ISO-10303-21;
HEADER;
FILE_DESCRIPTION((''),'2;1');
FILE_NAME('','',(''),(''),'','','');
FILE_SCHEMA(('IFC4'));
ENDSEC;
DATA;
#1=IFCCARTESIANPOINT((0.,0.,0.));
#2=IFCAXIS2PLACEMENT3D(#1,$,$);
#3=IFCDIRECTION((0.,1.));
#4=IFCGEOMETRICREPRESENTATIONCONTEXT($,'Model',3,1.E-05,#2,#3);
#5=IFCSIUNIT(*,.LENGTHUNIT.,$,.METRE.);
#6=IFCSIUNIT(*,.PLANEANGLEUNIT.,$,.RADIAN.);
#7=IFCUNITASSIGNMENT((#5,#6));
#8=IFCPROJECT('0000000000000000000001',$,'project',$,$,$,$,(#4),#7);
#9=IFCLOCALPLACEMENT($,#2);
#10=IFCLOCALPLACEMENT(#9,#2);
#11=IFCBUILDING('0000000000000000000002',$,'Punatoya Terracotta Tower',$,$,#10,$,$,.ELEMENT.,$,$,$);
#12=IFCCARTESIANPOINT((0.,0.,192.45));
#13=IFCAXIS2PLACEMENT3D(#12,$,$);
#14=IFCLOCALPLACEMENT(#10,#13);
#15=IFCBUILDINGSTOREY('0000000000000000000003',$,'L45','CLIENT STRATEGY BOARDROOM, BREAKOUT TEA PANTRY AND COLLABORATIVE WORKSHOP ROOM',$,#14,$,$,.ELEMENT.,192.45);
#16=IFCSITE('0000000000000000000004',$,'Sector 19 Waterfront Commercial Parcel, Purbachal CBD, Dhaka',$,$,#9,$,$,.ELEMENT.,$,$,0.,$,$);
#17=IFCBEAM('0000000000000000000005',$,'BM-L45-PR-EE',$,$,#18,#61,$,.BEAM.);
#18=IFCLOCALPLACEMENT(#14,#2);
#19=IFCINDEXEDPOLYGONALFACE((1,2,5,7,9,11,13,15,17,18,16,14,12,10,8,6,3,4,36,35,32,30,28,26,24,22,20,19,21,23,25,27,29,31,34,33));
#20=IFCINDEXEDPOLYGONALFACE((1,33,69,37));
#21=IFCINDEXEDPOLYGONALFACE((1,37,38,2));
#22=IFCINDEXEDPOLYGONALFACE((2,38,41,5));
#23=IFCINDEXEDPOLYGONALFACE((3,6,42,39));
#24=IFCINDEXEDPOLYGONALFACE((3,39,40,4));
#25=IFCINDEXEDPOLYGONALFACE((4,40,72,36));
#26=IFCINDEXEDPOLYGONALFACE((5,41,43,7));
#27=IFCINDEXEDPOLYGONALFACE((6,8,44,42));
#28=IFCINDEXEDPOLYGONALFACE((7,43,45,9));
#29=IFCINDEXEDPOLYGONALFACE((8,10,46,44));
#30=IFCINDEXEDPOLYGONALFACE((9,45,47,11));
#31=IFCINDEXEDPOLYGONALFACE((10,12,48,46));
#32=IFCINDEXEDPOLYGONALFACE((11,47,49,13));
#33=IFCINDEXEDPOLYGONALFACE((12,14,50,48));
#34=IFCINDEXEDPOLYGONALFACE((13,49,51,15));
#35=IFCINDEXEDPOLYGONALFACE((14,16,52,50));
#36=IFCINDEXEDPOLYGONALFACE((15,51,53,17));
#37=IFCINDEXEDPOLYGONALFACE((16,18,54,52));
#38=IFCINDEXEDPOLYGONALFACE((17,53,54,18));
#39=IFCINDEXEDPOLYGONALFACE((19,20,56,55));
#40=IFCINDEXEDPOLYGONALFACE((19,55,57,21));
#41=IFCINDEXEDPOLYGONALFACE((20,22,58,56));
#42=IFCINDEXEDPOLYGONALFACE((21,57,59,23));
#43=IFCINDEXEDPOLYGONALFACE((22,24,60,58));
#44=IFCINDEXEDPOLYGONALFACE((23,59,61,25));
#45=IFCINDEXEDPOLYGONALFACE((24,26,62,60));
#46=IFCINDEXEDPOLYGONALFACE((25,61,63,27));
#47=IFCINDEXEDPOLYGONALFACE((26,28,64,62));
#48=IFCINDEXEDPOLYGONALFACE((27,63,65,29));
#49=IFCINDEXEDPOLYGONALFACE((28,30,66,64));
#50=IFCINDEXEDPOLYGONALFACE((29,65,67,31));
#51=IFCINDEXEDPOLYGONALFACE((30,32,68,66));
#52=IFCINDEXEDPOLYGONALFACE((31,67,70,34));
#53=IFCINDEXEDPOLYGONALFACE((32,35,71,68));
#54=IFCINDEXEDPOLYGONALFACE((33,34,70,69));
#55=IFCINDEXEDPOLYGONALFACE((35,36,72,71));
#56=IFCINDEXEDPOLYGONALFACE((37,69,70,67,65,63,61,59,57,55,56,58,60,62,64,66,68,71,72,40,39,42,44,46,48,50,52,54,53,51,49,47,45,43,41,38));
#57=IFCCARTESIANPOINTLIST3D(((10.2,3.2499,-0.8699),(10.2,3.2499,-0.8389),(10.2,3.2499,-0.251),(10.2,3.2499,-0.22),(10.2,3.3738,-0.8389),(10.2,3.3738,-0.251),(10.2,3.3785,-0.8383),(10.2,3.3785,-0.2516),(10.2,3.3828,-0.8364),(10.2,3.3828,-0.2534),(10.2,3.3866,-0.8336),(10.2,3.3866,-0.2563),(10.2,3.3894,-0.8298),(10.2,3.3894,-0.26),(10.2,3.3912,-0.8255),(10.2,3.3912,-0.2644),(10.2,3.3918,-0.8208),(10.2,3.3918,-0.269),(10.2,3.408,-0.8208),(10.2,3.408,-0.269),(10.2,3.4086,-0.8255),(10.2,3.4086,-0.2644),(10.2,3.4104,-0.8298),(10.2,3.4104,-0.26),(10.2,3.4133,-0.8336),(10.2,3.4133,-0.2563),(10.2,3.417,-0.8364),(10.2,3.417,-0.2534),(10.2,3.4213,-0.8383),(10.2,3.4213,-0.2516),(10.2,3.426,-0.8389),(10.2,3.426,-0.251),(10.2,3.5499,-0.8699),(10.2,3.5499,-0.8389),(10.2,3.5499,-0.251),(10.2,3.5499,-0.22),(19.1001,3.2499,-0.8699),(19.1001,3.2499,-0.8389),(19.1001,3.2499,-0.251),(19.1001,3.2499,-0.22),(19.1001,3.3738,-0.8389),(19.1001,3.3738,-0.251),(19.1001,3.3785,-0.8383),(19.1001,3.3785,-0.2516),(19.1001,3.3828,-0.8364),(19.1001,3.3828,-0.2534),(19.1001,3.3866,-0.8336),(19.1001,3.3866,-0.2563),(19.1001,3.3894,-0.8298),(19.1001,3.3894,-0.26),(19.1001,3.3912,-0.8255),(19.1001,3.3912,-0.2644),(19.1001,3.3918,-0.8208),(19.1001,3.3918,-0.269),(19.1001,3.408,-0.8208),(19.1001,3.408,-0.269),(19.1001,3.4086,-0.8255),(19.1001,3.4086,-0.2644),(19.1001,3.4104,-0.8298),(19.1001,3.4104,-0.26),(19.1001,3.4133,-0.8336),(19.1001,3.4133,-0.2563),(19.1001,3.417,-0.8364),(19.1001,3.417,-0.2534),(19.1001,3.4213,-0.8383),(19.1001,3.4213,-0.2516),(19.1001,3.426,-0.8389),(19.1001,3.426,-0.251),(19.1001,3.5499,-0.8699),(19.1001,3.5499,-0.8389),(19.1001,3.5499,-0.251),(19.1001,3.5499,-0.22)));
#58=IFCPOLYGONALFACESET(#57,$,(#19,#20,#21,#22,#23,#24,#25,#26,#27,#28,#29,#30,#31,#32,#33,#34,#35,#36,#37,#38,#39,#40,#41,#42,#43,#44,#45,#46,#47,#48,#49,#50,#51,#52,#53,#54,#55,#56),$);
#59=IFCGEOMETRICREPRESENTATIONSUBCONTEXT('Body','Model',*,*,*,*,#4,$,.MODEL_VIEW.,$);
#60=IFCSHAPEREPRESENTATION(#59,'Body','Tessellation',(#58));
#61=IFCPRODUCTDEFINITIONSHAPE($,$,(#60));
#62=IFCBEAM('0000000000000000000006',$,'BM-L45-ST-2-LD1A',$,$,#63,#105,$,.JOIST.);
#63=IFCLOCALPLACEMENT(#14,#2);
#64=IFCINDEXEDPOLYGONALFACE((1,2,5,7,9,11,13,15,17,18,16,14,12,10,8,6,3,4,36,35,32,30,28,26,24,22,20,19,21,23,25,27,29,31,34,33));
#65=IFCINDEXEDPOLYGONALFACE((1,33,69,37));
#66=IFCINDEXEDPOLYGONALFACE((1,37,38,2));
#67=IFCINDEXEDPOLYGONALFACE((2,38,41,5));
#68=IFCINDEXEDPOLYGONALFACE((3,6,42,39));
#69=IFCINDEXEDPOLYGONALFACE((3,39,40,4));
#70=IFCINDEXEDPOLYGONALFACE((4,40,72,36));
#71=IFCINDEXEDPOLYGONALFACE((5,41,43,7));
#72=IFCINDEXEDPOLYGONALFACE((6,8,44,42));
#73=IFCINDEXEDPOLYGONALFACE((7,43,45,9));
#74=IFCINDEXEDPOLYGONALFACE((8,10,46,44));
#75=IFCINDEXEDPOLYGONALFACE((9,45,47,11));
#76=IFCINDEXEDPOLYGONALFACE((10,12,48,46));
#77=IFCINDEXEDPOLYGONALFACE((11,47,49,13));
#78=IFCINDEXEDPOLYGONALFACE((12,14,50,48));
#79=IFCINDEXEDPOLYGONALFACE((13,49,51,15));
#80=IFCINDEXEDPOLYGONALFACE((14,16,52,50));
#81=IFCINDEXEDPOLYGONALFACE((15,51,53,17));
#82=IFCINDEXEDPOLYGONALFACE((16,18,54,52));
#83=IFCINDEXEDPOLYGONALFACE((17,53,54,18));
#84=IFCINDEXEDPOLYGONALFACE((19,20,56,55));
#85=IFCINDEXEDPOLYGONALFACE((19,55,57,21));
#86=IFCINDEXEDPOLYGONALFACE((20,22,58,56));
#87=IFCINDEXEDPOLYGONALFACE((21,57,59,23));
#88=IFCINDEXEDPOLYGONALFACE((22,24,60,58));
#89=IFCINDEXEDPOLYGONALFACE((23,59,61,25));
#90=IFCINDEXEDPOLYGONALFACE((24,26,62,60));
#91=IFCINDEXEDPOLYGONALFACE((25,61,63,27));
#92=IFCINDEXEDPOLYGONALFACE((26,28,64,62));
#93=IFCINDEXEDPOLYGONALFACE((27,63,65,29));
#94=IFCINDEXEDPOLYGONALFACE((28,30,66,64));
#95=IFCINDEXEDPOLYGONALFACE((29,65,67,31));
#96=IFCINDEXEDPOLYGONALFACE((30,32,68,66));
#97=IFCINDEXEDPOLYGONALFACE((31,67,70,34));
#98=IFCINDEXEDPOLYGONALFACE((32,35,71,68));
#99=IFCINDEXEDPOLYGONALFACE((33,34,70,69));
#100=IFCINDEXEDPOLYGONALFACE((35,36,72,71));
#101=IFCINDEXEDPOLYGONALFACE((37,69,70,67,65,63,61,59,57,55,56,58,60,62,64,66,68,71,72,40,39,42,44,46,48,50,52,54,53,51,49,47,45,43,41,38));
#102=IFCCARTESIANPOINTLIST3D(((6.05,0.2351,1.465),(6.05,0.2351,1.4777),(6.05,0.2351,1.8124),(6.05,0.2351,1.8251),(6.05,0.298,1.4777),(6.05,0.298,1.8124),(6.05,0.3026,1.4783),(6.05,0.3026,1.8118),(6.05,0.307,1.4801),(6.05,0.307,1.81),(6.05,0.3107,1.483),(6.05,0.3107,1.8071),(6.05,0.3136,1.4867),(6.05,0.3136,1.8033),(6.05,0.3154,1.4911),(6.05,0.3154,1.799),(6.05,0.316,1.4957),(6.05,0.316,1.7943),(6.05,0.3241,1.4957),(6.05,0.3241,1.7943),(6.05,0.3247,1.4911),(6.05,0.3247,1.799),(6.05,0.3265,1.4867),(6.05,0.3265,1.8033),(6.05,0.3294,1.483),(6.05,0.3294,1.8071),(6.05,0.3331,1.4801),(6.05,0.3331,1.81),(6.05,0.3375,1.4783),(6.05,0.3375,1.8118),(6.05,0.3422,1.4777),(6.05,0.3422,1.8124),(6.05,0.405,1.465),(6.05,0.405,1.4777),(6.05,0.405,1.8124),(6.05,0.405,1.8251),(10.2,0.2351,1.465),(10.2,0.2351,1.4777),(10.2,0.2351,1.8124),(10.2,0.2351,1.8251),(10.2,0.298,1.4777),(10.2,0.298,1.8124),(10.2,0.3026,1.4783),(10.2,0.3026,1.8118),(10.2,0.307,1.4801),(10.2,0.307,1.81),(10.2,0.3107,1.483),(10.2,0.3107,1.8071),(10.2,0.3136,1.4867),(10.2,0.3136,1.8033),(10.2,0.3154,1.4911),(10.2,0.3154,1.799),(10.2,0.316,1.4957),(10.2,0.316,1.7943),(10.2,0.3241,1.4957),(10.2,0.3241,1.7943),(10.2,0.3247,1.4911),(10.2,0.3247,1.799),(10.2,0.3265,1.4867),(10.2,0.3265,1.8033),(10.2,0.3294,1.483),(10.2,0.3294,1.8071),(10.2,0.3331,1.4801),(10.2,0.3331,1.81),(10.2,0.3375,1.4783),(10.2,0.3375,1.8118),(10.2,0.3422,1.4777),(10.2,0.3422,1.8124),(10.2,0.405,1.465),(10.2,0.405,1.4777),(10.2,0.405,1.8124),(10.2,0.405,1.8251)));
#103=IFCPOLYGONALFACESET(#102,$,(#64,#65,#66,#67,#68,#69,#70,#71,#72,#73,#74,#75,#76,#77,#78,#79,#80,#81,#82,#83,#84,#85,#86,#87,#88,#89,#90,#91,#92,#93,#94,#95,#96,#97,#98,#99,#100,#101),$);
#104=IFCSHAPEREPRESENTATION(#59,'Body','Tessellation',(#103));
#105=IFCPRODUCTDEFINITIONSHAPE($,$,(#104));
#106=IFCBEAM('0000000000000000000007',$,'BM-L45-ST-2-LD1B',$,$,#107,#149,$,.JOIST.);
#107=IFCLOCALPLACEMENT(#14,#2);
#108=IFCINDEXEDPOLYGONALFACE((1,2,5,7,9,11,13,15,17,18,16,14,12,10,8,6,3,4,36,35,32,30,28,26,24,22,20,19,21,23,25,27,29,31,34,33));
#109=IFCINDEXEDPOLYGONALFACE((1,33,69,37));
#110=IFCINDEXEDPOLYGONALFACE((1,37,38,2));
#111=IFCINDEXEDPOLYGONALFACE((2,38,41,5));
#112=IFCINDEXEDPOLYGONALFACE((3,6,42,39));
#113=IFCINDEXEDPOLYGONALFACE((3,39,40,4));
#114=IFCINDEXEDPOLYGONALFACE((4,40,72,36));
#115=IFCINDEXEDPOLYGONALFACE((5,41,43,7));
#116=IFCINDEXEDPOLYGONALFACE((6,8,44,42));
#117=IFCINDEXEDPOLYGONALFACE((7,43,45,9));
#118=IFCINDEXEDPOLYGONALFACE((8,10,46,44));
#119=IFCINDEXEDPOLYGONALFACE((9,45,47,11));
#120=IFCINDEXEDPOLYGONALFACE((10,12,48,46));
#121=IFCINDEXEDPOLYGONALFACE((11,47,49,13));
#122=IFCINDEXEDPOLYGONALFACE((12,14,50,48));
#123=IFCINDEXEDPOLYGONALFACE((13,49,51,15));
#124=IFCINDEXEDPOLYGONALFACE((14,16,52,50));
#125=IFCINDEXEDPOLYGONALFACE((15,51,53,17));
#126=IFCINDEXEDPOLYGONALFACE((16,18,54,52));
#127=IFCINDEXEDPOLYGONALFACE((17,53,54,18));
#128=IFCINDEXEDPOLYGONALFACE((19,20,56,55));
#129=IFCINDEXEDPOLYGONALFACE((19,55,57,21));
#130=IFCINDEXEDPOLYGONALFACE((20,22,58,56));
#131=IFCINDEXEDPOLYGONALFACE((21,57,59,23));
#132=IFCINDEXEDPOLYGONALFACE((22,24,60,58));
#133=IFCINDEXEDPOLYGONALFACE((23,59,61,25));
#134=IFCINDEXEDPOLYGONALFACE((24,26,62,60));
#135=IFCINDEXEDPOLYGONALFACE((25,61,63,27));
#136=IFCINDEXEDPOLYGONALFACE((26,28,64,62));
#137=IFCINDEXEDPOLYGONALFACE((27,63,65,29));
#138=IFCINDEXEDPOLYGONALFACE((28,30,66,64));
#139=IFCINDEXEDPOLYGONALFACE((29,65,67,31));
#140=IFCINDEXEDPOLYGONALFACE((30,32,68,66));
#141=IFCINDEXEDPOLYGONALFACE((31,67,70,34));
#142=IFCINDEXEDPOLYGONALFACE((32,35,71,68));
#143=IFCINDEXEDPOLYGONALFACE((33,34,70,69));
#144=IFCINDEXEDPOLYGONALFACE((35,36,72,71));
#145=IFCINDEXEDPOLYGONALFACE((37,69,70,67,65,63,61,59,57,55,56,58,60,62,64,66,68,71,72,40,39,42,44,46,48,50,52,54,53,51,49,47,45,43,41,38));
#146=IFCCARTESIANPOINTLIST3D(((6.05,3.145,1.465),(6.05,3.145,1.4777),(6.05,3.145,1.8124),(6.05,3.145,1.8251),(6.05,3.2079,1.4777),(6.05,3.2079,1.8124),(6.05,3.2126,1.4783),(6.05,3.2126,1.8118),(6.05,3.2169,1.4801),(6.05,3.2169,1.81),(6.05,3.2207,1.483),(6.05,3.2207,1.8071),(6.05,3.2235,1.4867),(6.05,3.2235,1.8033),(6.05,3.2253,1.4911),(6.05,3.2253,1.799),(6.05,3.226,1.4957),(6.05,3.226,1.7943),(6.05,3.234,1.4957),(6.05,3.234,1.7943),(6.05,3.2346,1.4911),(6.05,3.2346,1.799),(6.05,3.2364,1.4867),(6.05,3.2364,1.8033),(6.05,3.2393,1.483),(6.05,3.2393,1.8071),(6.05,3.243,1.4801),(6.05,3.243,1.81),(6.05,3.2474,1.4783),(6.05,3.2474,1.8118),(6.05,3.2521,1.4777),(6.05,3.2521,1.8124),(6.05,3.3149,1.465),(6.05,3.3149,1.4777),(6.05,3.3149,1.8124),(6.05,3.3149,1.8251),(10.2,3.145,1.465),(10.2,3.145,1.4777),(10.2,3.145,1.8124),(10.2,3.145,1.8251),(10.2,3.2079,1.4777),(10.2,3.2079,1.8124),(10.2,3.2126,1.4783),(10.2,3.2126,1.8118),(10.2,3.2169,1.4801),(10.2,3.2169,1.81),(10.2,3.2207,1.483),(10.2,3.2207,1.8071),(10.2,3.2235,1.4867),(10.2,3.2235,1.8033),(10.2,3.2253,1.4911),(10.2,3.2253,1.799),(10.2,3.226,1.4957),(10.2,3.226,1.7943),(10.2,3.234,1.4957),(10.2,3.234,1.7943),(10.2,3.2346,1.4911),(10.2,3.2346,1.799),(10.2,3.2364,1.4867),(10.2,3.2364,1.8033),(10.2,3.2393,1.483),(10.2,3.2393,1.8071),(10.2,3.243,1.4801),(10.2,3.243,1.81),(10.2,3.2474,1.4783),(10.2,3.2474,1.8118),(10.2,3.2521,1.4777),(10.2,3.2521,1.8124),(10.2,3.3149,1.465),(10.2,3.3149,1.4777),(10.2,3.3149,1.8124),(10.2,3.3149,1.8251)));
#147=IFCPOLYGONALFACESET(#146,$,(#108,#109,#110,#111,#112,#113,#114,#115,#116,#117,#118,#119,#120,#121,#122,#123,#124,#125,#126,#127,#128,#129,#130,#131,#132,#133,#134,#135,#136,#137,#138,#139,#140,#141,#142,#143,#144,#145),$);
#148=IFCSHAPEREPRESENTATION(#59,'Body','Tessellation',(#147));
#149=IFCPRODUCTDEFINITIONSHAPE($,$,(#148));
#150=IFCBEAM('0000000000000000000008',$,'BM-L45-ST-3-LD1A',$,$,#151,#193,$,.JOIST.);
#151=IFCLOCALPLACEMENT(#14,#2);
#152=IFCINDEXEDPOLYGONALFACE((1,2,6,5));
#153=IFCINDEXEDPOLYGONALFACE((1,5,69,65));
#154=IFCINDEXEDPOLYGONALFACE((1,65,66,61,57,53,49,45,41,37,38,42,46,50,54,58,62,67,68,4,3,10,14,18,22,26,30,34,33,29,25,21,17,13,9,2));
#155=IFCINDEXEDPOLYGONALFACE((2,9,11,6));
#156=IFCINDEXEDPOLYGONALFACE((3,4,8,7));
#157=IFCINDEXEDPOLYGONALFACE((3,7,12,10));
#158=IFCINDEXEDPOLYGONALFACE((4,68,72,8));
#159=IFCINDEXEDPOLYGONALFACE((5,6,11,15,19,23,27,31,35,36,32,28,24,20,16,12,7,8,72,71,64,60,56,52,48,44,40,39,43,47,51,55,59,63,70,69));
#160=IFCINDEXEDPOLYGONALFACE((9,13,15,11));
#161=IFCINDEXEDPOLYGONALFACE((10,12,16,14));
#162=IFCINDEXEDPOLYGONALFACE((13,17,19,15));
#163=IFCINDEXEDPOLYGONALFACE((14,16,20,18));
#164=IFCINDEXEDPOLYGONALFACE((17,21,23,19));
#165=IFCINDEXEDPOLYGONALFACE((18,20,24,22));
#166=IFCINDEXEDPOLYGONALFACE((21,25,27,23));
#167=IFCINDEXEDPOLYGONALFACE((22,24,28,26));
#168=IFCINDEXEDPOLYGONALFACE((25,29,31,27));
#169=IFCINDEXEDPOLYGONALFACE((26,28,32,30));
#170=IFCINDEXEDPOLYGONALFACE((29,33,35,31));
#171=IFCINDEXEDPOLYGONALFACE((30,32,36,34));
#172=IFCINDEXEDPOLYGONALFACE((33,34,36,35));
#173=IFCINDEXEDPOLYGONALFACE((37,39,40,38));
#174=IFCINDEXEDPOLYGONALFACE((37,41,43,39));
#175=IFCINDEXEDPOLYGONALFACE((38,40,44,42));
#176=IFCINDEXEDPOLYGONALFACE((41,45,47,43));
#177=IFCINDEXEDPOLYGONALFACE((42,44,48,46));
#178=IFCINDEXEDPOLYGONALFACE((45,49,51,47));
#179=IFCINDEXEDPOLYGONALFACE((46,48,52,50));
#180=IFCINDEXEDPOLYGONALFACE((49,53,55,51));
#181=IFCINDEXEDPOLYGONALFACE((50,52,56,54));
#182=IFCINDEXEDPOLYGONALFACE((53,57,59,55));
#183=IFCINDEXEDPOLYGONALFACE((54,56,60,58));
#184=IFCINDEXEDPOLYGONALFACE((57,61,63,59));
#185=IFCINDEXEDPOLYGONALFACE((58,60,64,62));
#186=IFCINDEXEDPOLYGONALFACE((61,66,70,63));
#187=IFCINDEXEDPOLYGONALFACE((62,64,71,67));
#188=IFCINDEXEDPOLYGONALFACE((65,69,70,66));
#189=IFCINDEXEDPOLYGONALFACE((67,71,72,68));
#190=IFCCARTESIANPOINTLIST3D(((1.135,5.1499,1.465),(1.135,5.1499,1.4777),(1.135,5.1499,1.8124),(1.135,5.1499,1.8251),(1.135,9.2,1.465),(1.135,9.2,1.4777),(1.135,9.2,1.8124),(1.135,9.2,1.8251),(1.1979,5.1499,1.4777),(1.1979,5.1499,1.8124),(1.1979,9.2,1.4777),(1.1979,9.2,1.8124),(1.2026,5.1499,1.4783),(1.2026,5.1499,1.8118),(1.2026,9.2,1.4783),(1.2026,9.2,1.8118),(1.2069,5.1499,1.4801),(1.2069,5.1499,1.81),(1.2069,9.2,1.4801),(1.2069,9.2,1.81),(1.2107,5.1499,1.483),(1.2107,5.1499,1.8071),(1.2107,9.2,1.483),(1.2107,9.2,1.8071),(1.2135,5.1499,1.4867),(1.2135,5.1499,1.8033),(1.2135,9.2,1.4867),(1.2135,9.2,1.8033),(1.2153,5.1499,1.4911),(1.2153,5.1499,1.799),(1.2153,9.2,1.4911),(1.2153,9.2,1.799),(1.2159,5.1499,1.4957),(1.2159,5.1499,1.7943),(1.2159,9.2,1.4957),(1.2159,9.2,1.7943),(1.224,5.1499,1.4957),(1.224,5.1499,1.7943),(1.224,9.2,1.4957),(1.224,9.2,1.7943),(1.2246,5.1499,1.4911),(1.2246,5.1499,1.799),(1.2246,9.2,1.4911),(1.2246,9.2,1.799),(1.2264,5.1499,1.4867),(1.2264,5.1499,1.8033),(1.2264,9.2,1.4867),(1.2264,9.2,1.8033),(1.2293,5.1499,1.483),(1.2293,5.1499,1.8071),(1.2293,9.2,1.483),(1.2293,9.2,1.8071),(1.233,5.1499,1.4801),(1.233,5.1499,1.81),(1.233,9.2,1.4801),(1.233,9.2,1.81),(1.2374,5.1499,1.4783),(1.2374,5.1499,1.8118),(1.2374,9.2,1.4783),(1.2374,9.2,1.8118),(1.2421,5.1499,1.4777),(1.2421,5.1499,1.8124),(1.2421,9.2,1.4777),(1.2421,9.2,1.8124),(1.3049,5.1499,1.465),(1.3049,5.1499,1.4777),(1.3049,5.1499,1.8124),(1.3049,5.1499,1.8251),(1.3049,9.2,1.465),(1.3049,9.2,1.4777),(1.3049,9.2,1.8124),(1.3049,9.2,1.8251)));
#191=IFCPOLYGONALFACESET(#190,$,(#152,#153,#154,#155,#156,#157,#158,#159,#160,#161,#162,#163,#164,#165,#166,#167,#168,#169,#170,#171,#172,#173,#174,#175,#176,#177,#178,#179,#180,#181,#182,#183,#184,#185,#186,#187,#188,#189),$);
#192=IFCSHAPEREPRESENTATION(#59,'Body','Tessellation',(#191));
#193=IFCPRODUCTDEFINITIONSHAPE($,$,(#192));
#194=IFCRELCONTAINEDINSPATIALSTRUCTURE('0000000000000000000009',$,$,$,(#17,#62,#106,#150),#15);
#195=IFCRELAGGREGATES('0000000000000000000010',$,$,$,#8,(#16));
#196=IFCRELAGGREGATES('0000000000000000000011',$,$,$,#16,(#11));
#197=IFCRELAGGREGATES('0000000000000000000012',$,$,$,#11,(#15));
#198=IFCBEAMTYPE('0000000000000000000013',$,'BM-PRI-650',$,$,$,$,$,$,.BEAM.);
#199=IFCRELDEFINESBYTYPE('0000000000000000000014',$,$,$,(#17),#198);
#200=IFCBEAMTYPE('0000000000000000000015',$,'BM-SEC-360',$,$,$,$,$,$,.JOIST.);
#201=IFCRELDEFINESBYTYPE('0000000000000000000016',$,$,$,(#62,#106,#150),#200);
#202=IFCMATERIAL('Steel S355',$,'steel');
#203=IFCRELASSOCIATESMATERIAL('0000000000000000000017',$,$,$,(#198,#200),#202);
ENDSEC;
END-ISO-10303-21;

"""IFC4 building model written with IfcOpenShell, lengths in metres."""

from ifc_helpers import new_model, si_unit, direction, frame, origin, origin_2d, place, context, subcontext, project, spatial, i_section, extrude, material, material_profile, profile_set, type_object, element, save


model = new_model("IFC4")

# Units and contexts
model_context = context("Model", 3, precision=1e-05, world=origin(), true_north=direction((0.0, 1.0)))
body_context = subcontext(model_context, "Body", "Model", "MODEL_VIEW")
ifc_project = project(units=[si_unit("LENGTHUNIT", "METRE"), si_unit("PLANEANGLEUNIT", "RADIAN")], contexts=[model_context])

# Site, building, storey
site_placement = place(None, origin())
site = spatial("IfcSite", under=ifc_project, at=site_placement, Name="Sector 19 Waterfront Commercial Parcel, Purbachal CBD, Dhaka", CompositionType="ELEMENT", RefElevation=0.0)
building_placement = place(site_placement, origin())
building = spatial("IfcBuilding", under=site, at=building_placement, Name="Punatoya Terracotta Tower", CompositionType="ELEMENT")
storey_placement = place(building_placement, frame((0.0, 0.0, 192.45)))
storey = spatial("IfcBuildingStorey", under=building, at=storey_placement, Name="L45", Description="CLIENT STRATEGY BOARDROOM, BREAKOUT TEA PANTRY AND COLLABORATIVE WORKSHOP ROOM", CompositionType="ELEMENT", Elevation=192.45)

# Beams
ifc_material_1 = material(Name="Steel S355", Category="steel")
ifc_material_profile_1 = material_profile(ifc_material_1, i_section(OverallWidth=0.3, OverallDepth=0.6499, WebThickness=0.0161, FlangeThickness=0.031, FilletRadius=0.0181, at=origin_2d()))
ifc_profile_set_1 = profile_set([ifc_material_profile_1], Name="Steel S355")
beam_type_1 = type_object("IfcBeamType", Name="BM-PRI-650", PredefinedType="BEAM", material=ifc_profile_set_1)
beam_1_placement = place(storey_placement, frame((10.2, 3.3999, -0.5449), z_axis=(1.0, 0.0, 0.0), x_axis=(0.0, 1.0, 0.0)))
element("IfcBeam", 1, at=beam_1_placement, inside=storey, type_object=beam_type_1, Name="BM-L45-PR-EE", PredefinedType="BEAM", context=body_context, shape_type="SweptSolid", body=[
    extrude(i_section(OverallWidth=0.3, OverallDepth=0.6499, WebThickness=0.0161, FlangeThickness=0.031, FilletRadius=0.0181, at=origin_2d()), origin(), (0.0, 0.0, 1.0), 8.9001),
])
ifc_material_profile_2 = material_profile(ifc_material_1, i_section(OverallWidth=0.1699, OverallDepth=0.3601, WebThickness=0.0081, FlangeThickness=0.0127, FilletRadius=0.0181, at=origin_2d()))
ifc_profile_set_2 = profile_set([ifc_material_profile_2], Name="Steel S355")
beam_type_2 = type_object("IfcBeamType", Name="BM-SEC-360", PredefinedType="JOIST", material=ifc_profile_set_2)
for number, where, z_axis, x_axis, name in (
    (2, (6.05, 0.3201, 1.645), (1.0, 0.0, 0.0), (0.0, 1.0, 0.0), "BM-L45-ST-2-LD1A"),
    (3, (6.05, 3.23, 1.645), (1.0, 0.0, 0.0), (0.0, 1.0, 0.0), "BM-L45-ST-2-LD1B"),
):
    element("IfcBeam", number, at=place(storey_placement, frame(where, z_axis=z_axis, x_axis=x_axis)), inside=storey, type_object=beam_type_2, Name=name, PredefinedType="JOIST", context=body_context, shape_type="SweptSolid", body=[
        extrude(i_section(OverallWidth=0.1699, OverallDepth=0.3601, WebThickness=0.0081, FlangeThickness=0.0127, FilletRadius=0.0181, at=origin_2d()), origin(), (0.0, 0.0, 1.0), 4.1499),
    ])
beam_2_placement = place(storey_placement, frame((1.22, 5.1499, 1.645), z_axis=(0.0, 1.0, 0.0), x_axis=(-1.0, 0.0, 0.0)))
element("IfcBeam", 4, at=beam_2_placement, inside=storey, type_object=beam_type_2, Name="BM-L45-ST-3-LD1A", PredefinedType="JOIST", context=body_context, shape_type="SweptSolid", body=[
    extrude(i_section(OverallWidth=0.1699, OverallDepth=0.3601, WebThickness=0.0081, FlangeThickness=0.0127, FilletRadius=0.0181, at=origin_2d()), origin(), (0.0, 0.0, 1.0), 4.05),
])

save(model, "model.ifc")
